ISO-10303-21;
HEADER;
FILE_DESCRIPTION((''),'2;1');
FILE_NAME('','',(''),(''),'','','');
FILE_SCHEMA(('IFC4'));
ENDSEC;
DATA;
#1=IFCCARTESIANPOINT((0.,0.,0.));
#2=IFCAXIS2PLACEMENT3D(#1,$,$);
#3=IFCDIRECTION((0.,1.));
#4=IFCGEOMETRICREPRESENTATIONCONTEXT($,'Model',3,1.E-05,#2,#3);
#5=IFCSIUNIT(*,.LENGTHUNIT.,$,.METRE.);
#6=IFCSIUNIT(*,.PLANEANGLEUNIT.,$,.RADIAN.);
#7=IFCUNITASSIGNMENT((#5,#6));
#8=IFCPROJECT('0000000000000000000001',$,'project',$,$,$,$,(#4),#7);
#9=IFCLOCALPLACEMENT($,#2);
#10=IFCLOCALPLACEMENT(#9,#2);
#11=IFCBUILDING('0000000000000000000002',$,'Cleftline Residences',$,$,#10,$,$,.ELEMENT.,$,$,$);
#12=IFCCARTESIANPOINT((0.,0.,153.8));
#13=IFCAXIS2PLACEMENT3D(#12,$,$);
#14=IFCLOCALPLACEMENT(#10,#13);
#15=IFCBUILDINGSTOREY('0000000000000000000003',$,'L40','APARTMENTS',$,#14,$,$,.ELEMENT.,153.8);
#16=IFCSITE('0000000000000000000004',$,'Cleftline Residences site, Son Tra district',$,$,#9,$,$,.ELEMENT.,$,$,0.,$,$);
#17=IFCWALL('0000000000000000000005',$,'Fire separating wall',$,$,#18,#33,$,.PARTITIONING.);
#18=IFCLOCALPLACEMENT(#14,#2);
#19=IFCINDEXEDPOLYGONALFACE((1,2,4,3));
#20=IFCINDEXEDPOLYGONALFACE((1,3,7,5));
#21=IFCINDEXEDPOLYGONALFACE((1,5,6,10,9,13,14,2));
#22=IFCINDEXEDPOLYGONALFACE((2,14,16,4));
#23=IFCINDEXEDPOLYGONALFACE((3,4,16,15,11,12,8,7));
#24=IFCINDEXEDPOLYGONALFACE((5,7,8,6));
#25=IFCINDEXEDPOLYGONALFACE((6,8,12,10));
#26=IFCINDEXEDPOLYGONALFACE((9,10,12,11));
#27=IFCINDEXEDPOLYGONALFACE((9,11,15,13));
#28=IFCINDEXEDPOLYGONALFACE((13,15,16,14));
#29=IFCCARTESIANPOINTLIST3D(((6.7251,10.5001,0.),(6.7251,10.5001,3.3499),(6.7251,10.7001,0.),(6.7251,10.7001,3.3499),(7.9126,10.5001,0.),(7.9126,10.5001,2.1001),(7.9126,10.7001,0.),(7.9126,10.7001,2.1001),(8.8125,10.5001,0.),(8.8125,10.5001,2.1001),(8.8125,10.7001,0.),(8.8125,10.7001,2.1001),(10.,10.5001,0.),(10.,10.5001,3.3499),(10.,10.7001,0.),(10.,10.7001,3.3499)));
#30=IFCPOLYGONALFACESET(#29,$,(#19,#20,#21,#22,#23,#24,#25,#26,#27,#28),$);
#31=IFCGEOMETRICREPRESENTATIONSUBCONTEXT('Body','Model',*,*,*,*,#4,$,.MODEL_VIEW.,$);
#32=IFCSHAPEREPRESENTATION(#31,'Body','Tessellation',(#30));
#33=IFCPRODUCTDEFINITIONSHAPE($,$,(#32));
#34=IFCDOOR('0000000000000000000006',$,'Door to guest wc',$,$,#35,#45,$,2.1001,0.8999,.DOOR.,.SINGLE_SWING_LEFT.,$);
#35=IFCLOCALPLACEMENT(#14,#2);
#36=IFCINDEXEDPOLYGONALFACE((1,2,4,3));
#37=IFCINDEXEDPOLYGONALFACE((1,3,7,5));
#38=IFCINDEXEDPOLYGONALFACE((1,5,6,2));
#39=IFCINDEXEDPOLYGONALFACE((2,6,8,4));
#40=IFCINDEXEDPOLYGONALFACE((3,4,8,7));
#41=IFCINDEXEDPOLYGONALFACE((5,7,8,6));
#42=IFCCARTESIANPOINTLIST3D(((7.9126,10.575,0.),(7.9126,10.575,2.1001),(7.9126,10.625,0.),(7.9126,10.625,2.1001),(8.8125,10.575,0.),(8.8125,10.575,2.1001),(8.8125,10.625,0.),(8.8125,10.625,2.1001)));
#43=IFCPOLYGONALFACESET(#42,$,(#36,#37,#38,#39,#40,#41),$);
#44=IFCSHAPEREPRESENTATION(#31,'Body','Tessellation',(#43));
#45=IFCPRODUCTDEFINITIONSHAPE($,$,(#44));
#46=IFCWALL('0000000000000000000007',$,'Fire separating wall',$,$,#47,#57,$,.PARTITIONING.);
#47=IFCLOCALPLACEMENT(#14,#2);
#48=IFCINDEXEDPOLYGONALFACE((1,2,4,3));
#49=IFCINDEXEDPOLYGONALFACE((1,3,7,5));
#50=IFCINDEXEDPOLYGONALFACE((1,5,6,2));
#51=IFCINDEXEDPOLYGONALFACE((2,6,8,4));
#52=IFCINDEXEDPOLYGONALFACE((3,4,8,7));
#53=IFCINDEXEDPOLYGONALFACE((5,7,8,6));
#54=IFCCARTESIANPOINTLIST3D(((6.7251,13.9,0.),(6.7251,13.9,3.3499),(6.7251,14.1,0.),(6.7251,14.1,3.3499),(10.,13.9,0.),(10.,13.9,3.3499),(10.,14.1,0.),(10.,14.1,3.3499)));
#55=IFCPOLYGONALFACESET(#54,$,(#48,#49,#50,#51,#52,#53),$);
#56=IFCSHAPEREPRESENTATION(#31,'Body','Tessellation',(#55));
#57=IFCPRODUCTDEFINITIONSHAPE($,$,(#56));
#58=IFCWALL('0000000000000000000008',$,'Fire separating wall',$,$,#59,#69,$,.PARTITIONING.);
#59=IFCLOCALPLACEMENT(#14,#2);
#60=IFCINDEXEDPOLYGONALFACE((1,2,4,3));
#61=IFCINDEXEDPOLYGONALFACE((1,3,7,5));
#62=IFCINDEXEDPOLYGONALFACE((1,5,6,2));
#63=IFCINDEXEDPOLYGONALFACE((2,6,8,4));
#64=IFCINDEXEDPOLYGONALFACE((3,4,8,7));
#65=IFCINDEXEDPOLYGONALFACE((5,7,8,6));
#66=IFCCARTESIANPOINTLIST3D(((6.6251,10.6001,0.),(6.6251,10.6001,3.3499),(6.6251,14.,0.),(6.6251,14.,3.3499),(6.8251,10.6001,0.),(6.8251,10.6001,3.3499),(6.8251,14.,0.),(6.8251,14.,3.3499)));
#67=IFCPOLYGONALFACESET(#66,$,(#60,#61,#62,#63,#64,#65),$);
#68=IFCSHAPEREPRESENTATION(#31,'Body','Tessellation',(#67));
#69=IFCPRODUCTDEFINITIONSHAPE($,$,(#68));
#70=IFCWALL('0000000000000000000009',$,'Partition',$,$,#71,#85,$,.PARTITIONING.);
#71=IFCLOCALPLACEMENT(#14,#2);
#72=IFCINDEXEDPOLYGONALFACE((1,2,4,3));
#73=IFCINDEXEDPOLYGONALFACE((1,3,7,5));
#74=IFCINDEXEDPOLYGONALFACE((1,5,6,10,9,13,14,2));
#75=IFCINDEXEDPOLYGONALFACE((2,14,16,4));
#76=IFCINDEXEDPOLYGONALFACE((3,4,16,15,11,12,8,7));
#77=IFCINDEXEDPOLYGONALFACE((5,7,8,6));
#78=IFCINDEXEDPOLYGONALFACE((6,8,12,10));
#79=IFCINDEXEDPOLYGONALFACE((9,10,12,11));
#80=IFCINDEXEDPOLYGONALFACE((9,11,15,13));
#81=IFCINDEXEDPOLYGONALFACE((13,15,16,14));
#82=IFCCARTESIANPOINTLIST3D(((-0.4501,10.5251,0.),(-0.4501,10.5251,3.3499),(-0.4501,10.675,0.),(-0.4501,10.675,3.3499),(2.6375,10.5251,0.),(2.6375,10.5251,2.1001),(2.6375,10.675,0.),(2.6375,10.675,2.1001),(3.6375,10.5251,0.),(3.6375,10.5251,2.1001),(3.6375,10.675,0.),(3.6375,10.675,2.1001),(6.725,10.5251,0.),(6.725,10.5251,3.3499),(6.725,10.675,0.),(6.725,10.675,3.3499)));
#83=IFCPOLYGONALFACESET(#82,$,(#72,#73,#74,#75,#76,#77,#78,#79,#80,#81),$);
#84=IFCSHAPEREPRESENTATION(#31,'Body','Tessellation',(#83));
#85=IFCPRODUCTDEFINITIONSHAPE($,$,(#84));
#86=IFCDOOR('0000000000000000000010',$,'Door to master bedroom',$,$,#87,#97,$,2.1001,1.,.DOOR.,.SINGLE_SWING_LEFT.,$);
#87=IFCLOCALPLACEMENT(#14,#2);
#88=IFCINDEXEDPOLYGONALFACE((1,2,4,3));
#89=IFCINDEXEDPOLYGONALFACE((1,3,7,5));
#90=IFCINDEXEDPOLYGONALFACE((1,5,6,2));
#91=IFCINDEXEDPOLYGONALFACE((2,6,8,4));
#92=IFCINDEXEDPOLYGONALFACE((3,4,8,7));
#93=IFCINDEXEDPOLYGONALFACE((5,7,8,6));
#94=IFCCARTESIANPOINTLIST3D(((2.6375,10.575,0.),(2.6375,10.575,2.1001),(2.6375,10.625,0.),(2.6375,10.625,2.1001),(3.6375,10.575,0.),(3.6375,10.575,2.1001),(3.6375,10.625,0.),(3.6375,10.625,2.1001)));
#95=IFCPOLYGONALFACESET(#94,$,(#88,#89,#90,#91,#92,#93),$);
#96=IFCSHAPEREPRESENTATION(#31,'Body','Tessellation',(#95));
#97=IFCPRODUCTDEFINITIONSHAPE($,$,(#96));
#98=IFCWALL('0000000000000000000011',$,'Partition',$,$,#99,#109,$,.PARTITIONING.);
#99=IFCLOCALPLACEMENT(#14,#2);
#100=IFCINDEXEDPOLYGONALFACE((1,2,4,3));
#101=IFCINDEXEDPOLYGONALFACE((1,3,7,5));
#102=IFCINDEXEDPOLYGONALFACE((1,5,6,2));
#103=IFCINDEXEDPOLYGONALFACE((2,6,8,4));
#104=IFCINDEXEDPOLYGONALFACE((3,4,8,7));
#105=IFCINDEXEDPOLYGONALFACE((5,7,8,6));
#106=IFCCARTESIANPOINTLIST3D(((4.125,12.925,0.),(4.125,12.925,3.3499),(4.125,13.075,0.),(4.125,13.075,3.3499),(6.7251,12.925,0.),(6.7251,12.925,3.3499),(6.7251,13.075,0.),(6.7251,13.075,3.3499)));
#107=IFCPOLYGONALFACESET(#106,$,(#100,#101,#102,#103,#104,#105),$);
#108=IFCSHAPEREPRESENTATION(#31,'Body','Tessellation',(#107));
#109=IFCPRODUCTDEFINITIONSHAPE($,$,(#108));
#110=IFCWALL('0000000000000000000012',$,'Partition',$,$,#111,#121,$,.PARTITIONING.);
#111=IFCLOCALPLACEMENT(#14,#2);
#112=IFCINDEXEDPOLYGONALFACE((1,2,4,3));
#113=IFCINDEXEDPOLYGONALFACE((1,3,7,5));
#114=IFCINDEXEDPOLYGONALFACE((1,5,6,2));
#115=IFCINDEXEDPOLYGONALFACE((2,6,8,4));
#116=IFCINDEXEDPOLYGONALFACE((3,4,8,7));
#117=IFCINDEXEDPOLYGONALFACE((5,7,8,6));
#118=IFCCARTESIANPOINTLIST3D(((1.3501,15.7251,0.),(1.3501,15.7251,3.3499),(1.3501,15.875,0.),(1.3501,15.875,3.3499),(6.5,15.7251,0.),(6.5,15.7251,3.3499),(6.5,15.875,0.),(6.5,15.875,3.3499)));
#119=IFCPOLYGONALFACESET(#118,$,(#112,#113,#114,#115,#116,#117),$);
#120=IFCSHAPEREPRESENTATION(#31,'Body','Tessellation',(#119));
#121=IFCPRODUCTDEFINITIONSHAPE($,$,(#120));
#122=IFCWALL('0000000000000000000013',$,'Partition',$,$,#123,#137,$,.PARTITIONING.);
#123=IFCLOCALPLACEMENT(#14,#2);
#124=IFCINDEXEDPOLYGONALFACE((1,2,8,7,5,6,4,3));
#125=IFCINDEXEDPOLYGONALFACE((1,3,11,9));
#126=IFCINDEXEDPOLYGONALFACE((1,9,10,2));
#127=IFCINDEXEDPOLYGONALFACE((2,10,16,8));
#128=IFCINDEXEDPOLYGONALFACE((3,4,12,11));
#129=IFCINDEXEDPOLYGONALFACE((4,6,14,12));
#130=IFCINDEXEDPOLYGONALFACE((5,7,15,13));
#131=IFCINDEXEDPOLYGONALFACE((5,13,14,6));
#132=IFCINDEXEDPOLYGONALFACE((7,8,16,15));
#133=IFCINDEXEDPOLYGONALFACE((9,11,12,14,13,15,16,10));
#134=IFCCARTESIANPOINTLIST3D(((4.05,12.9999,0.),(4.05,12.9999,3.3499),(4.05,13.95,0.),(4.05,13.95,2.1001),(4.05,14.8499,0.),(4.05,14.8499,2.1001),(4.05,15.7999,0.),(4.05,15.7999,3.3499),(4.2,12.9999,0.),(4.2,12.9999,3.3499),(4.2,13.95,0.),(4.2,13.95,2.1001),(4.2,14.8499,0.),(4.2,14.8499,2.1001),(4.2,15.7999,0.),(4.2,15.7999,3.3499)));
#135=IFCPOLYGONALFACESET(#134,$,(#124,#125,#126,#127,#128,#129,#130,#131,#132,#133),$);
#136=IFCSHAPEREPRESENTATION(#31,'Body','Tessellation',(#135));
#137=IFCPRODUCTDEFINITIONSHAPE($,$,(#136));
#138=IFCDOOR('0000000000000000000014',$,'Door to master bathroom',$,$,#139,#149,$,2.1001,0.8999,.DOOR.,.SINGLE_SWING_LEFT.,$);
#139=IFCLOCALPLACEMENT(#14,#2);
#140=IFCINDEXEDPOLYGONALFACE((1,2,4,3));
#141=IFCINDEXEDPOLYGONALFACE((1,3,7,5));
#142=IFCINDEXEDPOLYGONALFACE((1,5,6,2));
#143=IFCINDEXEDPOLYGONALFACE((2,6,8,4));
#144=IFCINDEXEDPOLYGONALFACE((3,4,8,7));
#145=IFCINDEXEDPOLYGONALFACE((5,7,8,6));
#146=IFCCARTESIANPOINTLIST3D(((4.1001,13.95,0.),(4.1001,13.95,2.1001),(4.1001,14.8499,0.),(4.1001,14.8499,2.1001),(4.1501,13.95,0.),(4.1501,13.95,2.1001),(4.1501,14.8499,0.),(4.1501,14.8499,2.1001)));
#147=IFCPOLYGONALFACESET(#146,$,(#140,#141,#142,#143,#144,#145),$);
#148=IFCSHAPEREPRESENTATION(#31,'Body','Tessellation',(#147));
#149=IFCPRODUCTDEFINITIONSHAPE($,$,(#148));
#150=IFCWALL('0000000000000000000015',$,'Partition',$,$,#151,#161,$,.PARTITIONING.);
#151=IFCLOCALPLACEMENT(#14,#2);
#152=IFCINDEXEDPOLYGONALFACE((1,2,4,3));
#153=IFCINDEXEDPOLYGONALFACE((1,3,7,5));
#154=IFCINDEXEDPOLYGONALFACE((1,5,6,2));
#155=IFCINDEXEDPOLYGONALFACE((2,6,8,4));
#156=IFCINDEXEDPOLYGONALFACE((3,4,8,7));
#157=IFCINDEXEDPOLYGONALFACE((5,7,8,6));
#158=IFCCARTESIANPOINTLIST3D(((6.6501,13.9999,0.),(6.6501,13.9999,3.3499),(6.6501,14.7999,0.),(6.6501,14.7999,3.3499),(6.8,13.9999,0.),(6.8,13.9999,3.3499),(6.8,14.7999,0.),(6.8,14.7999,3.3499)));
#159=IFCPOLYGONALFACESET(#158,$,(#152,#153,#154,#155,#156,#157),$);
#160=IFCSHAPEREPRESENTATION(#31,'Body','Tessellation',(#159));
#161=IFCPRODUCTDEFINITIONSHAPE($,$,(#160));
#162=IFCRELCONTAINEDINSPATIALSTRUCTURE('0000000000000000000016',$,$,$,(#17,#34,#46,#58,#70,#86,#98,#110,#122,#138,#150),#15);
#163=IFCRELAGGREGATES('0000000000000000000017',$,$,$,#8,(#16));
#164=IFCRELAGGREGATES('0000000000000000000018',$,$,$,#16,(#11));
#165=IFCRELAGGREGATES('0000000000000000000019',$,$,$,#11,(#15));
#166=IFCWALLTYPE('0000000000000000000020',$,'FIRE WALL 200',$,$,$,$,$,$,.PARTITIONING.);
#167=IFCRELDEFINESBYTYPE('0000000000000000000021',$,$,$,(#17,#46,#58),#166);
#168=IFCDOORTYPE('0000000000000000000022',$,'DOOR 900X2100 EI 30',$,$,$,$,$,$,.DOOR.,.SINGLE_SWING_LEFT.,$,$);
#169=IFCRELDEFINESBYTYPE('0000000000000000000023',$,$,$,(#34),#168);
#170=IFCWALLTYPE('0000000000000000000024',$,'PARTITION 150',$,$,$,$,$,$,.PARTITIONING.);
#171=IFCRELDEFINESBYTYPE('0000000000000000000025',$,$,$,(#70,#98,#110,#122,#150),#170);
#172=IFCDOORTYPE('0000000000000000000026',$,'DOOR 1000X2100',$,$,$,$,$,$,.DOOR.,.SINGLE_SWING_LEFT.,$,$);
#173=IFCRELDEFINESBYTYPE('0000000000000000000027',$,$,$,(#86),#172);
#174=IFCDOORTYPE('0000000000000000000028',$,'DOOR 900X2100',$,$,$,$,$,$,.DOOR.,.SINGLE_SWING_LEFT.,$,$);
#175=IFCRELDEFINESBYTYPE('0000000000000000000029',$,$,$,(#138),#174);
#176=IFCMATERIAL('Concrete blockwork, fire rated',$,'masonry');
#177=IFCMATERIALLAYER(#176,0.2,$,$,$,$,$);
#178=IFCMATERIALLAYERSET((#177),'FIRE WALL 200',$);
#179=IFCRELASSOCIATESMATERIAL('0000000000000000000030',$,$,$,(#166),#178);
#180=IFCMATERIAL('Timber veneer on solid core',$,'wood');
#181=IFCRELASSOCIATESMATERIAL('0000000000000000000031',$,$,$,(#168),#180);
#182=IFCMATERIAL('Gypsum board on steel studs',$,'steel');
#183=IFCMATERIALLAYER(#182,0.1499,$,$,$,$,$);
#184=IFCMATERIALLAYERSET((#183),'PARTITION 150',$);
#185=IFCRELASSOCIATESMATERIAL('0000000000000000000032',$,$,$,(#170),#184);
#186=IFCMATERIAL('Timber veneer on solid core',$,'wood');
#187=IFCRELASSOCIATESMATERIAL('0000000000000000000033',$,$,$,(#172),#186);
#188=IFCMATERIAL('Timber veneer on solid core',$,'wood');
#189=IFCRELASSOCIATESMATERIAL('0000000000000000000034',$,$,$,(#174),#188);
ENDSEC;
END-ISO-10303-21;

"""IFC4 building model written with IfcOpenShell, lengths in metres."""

from ifc_helpers import new_model, si_unit, direction, frame, frame_2d, origin, place, context, subcontext, project, spatial, rectangle, extrude, material, layer, layer_set, type_object, element, fill, save


model = new_model("IFC4")

# Units and contexts
model_context = context("Model", 3, precision=1e-05, world=origin(), true_north=direction((0.0, 1.0)))
body_context = subcontext(model_context, "Body", "Model", "MODEL_VIEW")
ifc_project = project(units=[si_unit("LENGTHUNIT", "METRE"), si_unit("PLANEANGLEUNIT", "RADIAN")], contexts=[model_context])

# Site, building, storey
site_placement = place(None, origin())
site = spatial("IfcSite", under=ifc_project, at=site_placement, Name="Cleftline Residences site, Son Tra district", CompositionType="ELEMENT", RefElevation=0.0)
building_placement = place(site_placement, origin())
building = spatial("IfcBuilding", under=site, at=building_placement, Name="Cleftline Residences", CompositionType="ELEMENT")
storey_placement = place(building_placement, frame((0.0, 0.0, 153.8)))
storey = spatial("IfcBuildingStorey", under=building, at=storey_placement, Name="L40", Description="APARTMENTS", CompositionType="ELEMENT", Elevation=153.8)

# Wall, opening, door
ifc_material_1 = material(Name="Concrete blockwork, fire rated", Category="masonry")
ifc_layer_1 = layer(ifc_material_1, 0.2)
ifc_layer_set_1 = layer_set([ifc_layer_1], Name="FIRE WALL 200")
wall_type_1 = type_object("IfcWallType", Name="FIRE WALL 200", PredefinedType="PARTITIONING", material=ifc_layer_set_1)
wall_1_placement = place(storey_placement, frame((6.7251, 10.6001, 0.0), z_axis=(0.0, 0.0, 1.0), x_axis=(1.0, 0.0, 0.0)))
wall_1 = element("IfcWall", 1, at=wall_1_placement, inside=storey, type_object=wall_type_1, Name="Fire separating wall", PredefinedType="PARTITIONING", context=body_context, shape_type="SweptSolid", body=[
    extrude(rectangle(XDim=3.2749, YDim=0.2, at=frame_2d((1.6375, 0.0))), origin(), (0.0, 0.0, 1.0), 3.3499),
])
opening_1_placement = place(wall_1_placement, frame((1.1875, 0.0, 0.0)))
opening_1 = element("IfcOpeningElement", 2, at=opening_1_placement, cuts=wall_1, PredefinedType="OPENING", context=body_context, shape_type="SweptSolid", body=[
    extrude(rectangle(XDim=0.8999, YDim=2.1001, at=frame_2d((0.45, 1.05))), frame((0.0, 0.1099, 0.0), z_axis=(0.0, -1.0, 0.0), x_axis=(1.0, 0.0, 0.0)), (0.0, 0.0, 1.0), 0.22),
])
ifc_material_2 = material(Name="Timber veneer on solid core", Category="wood")
door_type_1 = type_object("IfcDoorType", Name="DOOR 900X2100 EI 30", OperationType="SINGLE_SWING_LEFT", PredefinedType="DOOR", material=ifc_material_2)
door_1_placement = place(opening_1_placement, origin())
door_1 = element("IfcDoor", 3, at=door_1_placement, inside=storey, type_object=door_type_1, Name="Door to guest wc", OperationType="SINGLE_SWING_LEFT", OverallHeight=2.1001, OverallWidth=0.8999, PredefinedType="DOOR", context=body_context, shape_type="SweptSolid", body=[
    extrude(rectangle(XDim=0.8999, YDim=2.1001, at=frame_2d((0.45, 1.05))), frame((0.0, 0.0249, 0.0), z_axis=(0.0, -1.0, 0.0), x_axis=(1.0, 0.0, 0.0)), (0.0, 0.0, 1.0), 0.05),
])
fill(opening_1, door_1)

# Walls
wall_2_placement = place(storey_placement, frame((6.7251, 14.0, 0.0), z_axis=(0.0, 0.0, 1.0), x_axis=(1.0, 0.0, 0.0)))
element("IfcWall", 4, at=wall_2_placement, inside=storey, type_object=wall_type_1, Name="Fire separating wall", PredefinedType="PARTITIONING", context=body_context, shape_type="SweptSolid", body=[
    extrude(rectangle(XDim=3.2749, YDim=0.2, at=frame_2d((1.6375, 0.0))), origin(), (0.0, 0.0, 1.0), 3.3499),
])
wall_3_placement = place(storey_placement, frame((6.7251, 10.6001, 0.0), z_axis=(0.0, 0.0, 1.0), x_axis=(0.0, 1.0, 0.0)))
element("IfcWall", 5, at=wall_3_placement, inside=storey, type_object=wall_type_1, Name="Fire separating wall", PredefinedType="PARTITIONING", context=body_context, shape_type="SweptSolid", body=[
    extrude(rectangle(XDim=3.3999, YDim=0.2, at=frame_2d((1.7, 0.0))), origin(), (0.0, 0.0, 1.0), 3.3499),
])

# Wall, opening, door
ifc_material_3 = material(Name="Gypsum board on steel studs", Category="steel")
ifc_layer_2 = layer(ifc_material_3, 0.1499)
ifc_layer_set_2 = layer_set([ifc_layer_2], Name="PARTITION 150")
wall_type_2 = type_object("IfcWallType", Name="PARTITION 150", PredefinedType="PARTITIONING", material=ifc_layer_set_2)
wall_4_placement = place(storey_placement, frame((-0.45, 10.6001, 0.0), z_axis=(0.0, 0.0, 1.0), x_axis=(1.0, 0.0, 0.0)))
wall_4 = element("IfcWall", 6, at=wall_4_placement, inside=storey, type_object=wall_type_2, Name="Partition", PredefinedType="PARTITIONING", context=body_context, shape_type="SweptSolid", body=[
    extrude(rectangle(XDim=7.175, YDim=0.1499, at=frame_2d((3.5874, 0.0))), origin(), (0.0, 0.0, 1.0), 3.3499),
])
opening_2_placement = place(wall_4_placement, frame((3.0874, 0.0, 0.0)))
opening_2 = element("IfcOpeningElement", 7, at=opening_2_placement, cuts=wall_4, PredefinedType="OPENING", context=body_context, shape_type="SweptSolid", body=[
    extrude(rectangle(XDim=1.0, YDim=2.1001, at=frame_2d((0.5, 1.05))), frame((0.0, 0.085, 0.0), z_axis=(0.0, -1.0, 0.0), x_axis=(1.0, 0.0, 0.0)), (0.0, 0.0, 1.0), 0.1699),
])
ifc_material_4 = material(Name="Timber veneer on solid core", Category="wood")
door_type_2 = type_object("IfcDoorType", Name="DOOR 1000X2100", OperationType="SINGLE_SWING_LEFT", PredefinedType="DOOR", material=ifc_material_4)
door_2_placement = place(opening_2_placement, origin())
door_2 = element("IfcDoor", 8, at=door_2_placement, inside=storey, type_object=door_type_2, Name="Door to master bedroom", OperationType="SINGLE_SWING_LEFT", OverallHeight=2.1001, OverallWidth=1.0, PredefinedType="DOOR", context=body_context, shape_type="SweptSolid", body=[
    extrude(rectangle(XDim=1.0, YDim=2.1001, at=frame_2d((0.5, 1.05))), frame((0.0, 0.0249, 0.0), z_axis=(0.0, -1.0, 0.0), x_axis=(1.0, 0.0, 0.0)), (0.0, 0.0, 1.0), 0.05),
])
fill(opening_2, door_2)

# Walls
wall_5_placement = place(storey_placement, frame((4.125, 13.0, 0.0), z_axis=(0.0, 0.0, 1.0), x_axis=(1.0, 0.0, 0.0)))
element("IfcWall", 9, at=wall_5_placement, inside=storey, type_object=wall_type_2, Name="Partition", PredefinedType="PARTITIONING", context=body_context, shape_type="SweptSolid", body=[
    extrude(rectangle(XDim=2.6001, YDim=0.1499, at=frame_2d((1.3, 0.0))), origin(), (0.0, 0.0, 1.0), 3.3499),
])
wall_6_placement = place(storey_placement, frame((1.3501, 15.8, 0.0), z_axis=(0.0, 0.0, 1.0), x_axis=(1.0, 0.0, 0.0)))
element("IfcWall", 10, at=wall_6_placement, inside=storey, type_object=wall_type_2, Name="Partition", PredefinedType="PARTITIONING", context=body_context, shape_type="SweptSolid", body=[
    extrude(rectangle(XDim=5.1499, YDim=0.1499, at=frame_2d((2.575, 0.0))), origin(), (0.0, 0.0, 1.0), 3.3499),
])

# Wall, opening, door
wall_7_placement = place(storey_placement, frame((4.125, 13.0, 0.0), z_axis=(0.0, 0.0, 1.0), x_axis=(0.0, 1.0, 0.0)))
wall_7 = element("IfcWall", 11, at=wall_7_placement, inside=storey, type_object=wall_type_2, Name="Partition", PredefinedType="PARTITIONING", context=body_context, shape_type="SweptSolid", body=[
    extrude(rectangle(XDim=2.8, YDim=0.1499, at=frame_2d((1.3999, 0.0))), origin(), (0.0, 0.0, 1.0), 3.3499),
])
opening_3_placement = place(wall_7_placement, frame((0.95, 0.0, 0.0)))
opening_3 = element("IfcOpeningElement", 12, at=opening_3_placement, cuts=wall_7, PredefinedType="OPENING", context=body_context, shape_type="SweptSolid", body=[
    extrude(rectangle(XDim=0.8999, YDim=2.1001, at=frame_2d((0.45, 1.05))), frame((0.0, 0.085, 0.0), z_axis=(0.0, -1.0, 0.0), x_axis=(1.0, 0.0, 0.0)), (0.0, 0.0, 1.0), 0.1699),
])
ifc_material_5 = material(Name="Timber veneer on solid core", Category="wood")
door_type_3 = type_object("IfcDoorType", Name="DOOR 900X2100", OperationType="SINGLE_SWING_LEFT", PredefinedType="DOOR", material=ifc_material_5)
door_3_placement = place(opening_3_placement, origin())
door_3 = element("IfcDoor", 13, at=door_3_placement, inside=storey, type_object=door_type_3, Name="Door to master bathroom", OperationType="SINGLE_SWING_LEFT", OverallHeight=2.1001, OverallWidth=0.8999, PredefinedType="DOOR", context=body_context, shape_type="SweptSolid", body=[
    extrude(rectangle(XDim=0.8999, YDim=2.1001, at=frame_2d((0.45, 1.05))), frame((0.0, 0.0249, 0.0), z_axis=(0.0, -1.0, 0.0), x_axis=(1.0, 0.0, 0.0)), (0.0, 0.0, 1.0), 0.05),
])
fill(opening_3, door_3)

# Wall
wall_8_placement = place(storey_placement, frame((6.7251, 14.0, 0.0), z_axis=(0.0, 0.0, 1.0), x_axis=(0.0, 1.0, 0.0)))
element("IfcWall", 14, at=wall_8_placement, inside=storey, type_object=wall_type_2, Name="Partition", PredefinedType="PARTITIONING", context=body_context, shape_type="SweptSolid", body=[
    extrude(rectangle(XDim=0.8, YDim=0.1499, at=frame_2d((0.3999, 0.0))), origin(), (0.0, 0.0, 1.0), 3.3499),
])

save(model, "model.ifc")
